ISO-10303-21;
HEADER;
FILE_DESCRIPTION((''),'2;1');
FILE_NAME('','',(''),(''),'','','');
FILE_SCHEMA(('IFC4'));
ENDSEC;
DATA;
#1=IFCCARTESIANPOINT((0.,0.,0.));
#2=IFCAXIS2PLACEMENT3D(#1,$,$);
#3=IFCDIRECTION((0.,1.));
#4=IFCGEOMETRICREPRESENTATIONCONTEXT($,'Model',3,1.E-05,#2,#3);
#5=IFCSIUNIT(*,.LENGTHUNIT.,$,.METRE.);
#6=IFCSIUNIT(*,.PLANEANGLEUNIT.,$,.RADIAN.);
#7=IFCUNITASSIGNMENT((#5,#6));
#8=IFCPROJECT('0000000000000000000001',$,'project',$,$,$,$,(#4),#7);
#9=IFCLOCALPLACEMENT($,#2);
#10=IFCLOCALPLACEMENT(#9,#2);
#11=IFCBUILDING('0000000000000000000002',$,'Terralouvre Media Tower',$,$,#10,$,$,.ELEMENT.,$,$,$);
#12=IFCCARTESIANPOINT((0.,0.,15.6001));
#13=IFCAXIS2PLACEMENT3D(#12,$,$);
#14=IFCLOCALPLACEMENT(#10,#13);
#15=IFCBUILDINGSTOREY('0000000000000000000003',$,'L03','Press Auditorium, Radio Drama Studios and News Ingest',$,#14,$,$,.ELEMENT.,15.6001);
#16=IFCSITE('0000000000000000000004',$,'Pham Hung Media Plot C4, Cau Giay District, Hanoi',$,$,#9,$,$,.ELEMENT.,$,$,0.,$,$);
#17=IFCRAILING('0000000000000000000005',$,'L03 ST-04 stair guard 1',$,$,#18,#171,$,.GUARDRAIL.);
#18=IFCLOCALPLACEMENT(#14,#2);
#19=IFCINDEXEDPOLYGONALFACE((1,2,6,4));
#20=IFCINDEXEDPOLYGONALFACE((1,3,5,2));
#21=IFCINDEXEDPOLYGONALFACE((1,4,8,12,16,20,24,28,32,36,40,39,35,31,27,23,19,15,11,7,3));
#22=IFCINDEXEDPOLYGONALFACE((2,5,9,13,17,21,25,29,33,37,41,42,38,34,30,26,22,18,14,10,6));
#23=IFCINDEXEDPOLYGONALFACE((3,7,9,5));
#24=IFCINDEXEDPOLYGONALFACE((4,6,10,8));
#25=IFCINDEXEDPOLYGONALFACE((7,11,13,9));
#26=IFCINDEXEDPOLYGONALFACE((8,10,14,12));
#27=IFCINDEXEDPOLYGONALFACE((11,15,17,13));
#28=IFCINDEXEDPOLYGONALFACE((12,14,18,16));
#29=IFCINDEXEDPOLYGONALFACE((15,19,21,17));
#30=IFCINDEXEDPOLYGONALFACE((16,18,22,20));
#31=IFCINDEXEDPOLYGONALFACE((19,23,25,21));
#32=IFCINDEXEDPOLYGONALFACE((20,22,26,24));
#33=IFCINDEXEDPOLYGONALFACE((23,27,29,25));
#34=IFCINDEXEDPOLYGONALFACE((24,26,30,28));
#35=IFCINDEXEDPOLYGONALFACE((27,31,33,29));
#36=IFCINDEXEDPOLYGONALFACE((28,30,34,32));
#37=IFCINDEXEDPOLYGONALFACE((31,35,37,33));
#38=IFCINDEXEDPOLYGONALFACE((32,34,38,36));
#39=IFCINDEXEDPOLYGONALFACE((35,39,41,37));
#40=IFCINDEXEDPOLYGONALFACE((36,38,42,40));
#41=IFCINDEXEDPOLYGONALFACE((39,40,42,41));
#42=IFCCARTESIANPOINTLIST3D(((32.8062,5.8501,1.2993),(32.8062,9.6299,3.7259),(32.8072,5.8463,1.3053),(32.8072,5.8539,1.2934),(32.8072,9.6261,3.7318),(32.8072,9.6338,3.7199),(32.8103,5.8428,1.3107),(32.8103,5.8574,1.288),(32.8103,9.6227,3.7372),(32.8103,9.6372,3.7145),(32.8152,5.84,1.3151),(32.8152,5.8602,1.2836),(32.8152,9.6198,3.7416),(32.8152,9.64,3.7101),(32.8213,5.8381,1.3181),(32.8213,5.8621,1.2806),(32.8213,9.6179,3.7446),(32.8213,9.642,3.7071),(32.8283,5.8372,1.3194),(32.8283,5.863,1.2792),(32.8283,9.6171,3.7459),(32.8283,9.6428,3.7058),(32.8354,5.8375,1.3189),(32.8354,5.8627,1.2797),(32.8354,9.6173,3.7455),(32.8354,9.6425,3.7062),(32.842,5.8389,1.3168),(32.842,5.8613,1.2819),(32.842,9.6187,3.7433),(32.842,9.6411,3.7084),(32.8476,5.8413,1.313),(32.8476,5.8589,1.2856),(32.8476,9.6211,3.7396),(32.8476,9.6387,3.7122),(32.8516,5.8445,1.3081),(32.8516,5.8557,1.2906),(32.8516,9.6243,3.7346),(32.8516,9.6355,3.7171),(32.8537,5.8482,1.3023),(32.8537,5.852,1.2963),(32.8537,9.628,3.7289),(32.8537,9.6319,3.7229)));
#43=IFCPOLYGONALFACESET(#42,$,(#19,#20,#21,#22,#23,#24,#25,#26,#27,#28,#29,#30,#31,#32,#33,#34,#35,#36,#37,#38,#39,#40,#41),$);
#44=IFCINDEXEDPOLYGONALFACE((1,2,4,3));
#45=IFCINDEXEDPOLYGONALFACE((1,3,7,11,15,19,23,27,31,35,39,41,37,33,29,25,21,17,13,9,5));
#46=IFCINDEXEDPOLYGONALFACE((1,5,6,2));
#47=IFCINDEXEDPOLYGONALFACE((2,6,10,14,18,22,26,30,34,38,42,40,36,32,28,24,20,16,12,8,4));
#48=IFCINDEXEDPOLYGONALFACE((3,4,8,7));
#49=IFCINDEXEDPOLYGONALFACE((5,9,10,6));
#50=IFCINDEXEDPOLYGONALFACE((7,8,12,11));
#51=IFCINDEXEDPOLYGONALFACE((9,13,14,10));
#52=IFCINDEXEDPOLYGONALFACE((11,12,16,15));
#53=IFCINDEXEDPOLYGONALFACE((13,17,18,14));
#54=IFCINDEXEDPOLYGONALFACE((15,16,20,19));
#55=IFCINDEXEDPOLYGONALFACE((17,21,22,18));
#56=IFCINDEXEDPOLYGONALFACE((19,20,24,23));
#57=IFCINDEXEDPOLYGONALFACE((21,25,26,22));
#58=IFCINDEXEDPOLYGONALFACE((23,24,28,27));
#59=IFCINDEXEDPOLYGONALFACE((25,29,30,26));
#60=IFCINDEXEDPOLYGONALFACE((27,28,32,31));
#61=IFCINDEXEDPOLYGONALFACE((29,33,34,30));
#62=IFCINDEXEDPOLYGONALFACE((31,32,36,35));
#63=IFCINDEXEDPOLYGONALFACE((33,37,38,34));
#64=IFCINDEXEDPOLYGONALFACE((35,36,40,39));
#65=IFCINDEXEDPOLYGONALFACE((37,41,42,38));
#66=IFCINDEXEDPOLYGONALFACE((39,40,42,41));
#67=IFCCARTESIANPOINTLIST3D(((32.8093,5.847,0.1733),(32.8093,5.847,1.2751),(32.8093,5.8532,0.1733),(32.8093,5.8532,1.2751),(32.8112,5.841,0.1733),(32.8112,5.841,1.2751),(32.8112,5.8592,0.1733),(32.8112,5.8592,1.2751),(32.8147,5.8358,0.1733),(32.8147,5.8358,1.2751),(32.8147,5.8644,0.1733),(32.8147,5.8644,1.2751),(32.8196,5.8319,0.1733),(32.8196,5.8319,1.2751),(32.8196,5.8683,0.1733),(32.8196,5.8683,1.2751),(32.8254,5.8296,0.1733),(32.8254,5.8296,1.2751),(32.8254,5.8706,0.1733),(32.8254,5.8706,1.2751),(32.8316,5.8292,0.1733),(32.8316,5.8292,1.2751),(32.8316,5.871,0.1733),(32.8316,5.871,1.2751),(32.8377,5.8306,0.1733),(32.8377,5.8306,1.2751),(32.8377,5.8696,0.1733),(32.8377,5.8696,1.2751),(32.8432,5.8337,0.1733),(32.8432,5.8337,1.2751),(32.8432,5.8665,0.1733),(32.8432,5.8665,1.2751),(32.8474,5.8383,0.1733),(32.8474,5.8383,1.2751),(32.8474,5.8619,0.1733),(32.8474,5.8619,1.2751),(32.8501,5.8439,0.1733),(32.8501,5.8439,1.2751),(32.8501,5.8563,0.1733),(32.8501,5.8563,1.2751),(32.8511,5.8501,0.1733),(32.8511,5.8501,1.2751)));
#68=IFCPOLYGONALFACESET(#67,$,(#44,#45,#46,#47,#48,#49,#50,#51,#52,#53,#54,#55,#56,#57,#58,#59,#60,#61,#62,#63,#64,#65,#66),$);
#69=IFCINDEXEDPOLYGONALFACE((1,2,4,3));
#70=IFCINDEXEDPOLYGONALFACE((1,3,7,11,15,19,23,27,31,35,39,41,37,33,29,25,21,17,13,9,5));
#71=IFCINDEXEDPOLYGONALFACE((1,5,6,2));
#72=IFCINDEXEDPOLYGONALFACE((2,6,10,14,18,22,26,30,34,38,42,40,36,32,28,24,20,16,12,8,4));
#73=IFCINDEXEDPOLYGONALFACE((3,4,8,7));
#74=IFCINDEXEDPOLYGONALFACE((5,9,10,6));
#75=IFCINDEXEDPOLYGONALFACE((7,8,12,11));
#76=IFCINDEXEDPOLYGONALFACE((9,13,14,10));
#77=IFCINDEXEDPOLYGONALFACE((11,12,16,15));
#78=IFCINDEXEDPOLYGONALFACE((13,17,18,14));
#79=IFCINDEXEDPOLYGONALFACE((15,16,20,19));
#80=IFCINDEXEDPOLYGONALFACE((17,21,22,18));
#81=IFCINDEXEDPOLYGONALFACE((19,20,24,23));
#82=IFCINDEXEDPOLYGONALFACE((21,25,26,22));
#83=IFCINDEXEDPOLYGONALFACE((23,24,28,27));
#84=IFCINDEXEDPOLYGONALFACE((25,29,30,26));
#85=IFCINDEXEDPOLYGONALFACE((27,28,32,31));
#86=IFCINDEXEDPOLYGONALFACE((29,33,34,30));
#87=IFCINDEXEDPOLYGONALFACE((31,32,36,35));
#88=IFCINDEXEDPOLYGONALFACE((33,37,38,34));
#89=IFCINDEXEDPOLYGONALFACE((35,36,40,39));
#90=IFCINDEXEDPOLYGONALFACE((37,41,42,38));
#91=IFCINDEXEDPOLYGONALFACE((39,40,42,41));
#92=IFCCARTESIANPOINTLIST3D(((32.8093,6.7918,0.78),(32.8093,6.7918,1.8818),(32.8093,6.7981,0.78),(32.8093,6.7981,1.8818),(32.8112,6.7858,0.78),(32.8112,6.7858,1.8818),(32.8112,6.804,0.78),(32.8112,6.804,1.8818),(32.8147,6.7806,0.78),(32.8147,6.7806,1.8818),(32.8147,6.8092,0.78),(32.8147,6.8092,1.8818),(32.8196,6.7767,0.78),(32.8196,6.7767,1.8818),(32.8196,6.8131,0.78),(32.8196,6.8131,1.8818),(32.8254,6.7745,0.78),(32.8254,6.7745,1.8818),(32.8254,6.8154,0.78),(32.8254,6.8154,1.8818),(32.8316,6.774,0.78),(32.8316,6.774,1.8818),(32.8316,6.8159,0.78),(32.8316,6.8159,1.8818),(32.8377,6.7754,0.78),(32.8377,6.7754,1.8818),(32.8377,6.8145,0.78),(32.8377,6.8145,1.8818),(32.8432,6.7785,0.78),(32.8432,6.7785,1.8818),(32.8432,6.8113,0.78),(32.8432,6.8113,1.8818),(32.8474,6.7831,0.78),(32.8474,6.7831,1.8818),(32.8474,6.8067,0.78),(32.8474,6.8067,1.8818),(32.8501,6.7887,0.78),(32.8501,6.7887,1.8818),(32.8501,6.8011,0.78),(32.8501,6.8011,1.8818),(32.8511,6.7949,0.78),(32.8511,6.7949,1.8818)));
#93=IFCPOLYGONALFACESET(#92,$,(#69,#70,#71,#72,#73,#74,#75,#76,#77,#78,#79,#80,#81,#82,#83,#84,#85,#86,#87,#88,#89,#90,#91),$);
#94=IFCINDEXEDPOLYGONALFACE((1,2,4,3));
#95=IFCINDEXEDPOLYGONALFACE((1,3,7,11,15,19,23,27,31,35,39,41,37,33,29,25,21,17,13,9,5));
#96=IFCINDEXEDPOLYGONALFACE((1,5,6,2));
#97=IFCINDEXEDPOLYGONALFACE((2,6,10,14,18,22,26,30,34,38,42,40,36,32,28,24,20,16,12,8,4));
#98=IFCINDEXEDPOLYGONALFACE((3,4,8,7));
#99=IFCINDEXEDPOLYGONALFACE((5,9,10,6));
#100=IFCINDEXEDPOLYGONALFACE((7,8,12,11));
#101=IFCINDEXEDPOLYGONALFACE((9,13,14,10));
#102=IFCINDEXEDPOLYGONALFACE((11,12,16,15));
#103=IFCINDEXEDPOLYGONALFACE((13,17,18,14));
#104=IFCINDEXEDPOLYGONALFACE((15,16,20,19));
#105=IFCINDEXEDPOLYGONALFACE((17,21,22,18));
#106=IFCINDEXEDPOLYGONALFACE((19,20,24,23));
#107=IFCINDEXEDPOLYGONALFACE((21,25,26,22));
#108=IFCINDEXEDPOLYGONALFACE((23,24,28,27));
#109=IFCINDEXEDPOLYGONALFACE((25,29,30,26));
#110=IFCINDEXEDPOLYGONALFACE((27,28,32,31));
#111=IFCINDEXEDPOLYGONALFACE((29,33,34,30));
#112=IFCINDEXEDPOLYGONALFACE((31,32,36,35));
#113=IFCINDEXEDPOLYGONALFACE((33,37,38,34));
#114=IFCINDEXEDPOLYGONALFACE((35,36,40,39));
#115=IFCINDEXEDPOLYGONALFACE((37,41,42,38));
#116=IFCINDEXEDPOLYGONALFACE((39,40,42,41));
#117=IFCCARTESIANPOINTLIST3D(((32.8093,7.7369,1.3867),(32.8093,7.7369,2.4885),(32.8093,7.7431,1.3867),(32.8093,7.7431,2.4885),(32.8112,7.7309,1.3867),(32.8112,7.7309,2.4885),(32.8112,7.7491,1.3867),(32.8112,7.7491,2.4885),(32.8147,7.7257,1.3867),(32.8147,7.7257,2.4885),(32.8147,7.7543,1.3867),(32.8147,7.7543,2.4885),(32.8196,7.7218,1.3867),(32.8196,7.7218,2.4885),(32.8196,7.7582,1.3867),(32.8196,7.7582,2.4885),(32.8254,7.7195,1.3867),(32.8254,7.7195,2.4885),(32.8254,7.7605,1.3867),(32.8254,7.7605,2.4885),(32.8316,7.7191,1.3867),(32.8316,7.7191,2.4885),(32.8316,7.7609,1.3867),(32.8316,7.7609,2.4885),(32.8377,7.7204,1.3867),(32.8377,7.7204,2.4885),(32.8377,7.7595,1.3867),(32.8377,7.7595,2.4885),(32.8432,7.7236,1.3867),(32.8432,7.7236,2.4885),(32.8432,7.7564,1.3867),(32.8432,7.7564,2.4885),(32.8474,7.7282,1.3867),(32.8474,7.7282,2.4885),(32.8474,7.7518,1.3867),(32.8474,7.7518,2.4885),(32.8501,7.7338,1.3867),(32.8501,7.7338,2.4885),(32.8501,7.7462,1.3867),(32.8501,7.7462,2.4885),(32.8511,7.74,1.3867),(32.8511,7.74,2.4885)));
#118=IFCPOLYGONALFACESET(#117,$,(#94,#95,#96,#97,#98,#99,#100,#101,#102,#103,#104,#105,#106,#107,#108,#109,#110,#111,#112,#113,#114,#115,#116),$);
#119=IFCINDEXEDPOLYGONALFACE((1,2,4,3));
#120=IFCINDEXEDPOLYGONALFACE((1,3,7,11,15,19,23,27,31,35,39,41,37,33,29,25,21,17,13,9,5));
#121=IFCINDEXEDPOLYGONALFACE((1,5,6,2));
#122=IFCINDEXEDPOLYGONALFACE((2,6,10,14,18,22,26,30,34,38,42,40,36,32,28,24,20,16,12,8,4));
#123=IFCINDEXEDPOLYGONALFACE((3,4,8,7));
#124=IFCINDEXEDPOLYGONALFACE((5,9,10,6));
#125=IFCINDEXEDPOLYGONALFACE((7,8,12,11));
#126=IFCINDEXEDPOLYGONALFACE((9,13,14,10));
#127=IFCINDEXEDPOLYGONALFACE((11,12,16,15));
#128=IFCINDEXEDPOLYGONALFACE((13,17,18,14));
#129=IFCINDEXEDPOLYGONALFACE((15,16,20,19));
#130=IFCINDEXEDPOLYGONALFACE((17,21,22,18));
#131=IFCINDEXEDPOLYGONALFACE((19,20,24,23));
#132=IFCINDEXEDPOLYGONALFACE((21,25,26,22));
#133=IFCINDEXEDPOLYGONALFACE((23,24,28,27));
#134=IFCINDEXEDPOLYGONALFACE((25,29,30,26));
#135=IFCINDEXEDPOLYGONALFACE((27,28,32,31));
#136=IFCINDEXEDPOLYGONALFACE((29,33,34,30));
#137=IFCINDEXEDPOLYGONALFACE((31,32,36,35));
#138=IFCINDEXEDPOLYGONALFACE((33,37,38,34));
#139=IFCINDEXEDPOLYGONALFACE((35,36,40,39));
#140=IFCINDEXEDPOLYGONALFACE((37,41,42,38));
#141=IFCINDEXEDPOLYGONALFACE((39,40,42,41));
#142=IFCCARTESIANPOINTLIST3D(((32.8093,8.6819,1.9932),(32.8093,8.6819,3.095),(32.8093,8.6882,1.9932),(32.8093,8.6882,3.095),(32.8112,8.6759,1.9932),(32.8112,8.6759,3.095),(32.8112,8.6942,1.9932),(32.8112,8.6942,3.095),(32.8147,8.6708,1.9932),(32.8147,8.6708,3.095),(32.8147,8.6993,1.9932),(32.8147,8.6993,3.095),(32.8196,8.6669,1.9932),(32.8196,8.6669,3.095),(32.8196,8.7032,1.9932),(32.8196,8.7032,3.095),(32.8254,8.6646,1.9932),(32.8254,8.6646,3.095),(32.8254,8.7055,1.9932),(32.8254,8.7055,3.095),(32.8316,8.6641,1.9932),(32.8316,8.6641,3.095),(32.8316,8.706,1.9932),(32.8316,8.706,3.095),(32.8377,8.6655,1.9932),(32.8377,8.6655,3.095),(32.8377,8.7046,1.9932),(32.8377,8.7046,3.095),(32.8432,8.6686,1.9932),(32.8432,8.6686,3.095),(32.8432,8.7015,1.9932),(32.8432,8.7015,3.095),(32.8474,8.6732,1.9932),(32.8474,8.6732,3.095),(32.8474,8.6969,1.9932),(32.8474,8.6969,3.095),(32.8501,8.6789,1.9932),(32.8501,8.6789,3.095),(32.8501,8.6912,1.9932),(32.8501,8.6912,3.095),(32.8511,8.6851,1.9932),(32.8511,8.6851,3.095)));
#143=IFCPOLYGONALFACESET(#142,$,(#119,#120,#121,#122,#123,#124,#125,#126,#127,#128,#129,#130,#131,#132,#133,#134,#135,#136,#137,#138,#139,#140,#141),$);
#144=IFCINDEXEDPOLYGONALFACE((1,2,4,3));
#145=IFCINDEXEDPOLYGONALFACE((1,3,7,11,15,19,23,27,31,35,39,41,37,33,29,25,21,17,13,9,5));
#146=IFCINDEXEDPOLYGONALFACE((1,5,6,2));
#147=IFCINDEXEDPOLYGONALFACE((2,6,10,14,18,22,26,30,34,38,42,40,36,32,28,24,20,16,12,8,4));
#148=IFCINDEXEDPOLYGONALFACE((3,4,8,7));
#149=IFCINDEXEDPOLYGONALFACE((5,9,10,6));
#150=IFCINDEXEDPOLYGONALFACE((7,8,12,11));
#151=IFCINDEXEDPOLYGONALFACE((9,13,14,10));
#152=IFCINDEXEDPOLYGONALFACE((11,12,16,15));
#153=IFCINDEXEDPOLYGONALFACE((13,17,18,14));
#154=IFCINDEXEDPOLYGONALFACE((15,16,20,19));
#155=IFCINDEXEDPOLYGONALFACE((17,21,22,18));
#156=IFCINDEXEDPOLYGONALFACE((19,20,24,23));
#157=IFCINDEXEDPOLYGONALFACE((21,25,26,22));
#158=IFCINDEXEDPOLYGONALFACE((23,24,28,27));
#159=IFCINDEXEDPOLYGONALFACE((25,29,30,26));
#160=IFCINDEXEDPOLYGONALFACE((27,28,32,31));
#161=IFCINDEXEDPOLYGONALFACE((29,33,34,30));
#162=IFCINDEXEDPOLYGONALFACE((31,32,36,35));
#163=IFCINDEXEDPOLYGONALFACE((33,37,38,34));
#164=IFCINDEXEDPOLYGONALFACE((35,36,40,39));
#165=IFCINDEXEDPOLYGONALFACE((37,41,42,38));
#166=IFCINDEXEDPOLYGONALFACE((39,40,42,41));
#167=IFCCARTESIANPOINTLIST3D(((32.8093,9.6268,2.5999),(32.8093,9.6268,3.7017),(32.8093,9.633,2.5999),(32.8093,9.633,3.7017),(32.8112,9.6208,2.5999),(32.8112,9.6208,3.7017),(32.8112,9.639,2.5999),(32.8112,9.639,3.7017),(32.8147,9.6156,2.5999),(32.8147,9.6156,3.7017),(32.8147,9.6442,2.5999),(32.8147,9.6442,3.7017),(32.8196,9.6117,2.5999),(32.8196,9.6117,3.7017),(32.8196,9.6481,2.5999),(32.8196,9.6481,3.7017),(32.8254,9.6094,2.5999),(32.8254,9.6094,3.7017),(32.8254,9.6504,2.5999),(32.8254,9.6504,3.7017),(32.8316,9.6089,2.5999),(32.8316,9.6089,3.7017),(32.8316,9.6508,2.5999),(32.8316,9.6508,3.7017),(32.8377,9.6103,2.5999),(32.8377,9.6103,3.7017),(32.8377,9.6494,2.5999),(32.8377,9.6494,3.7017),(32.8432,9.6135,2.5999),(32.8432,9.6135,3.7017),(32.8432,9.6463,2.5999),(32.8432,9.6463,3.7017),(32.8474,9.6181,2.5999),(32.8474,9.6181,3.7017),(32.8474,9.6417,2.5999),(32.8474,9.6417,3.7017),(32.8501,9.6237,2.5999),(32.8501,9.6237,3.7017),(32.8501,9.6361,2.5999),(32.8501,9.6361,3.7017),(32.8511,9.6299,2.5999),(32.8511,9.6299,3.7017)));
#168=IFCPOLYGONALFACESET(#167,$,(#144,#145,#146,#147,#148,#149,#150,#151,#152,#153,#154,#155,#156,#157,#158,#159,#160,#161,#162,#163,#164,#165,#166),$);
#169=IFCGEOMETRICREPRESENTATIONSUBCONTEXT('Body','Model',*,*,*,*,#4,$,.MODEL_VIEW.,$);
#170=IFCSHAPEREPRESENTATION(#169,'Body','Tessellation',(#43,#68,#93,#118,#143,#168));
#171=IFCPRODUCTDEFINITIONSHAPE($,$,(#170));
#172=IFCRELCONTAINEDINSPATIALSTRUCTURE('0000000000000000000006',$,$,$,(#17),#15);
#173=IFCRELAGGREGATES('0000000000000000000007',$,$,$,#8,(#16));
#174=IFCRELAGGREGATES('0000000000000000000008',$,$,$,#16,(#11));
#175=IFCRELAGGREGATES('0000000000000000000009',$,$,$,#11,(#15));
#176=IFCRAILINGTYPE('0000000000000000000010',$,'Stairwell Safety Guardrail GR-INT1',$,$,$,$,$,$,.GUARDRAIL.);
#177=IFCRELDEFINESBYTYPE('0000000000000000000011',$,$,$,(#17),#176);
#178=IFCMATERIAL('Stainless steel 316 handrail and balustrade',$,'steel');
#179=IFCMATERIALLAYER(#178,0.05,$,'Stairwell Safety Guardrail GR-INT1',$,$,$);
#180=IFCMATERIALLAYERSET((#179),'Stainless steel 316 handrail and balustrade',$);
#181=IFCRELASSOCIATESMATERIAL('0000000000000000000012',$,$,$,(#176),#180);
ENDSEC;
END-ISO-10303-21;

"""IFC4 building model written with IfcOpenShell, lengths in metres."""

from ifc_helpers import new_model, si_unit, direction, frame, origin, origin_2d, place, context, subcontext, project, spatial, circle, extrude, material, layer, layer_set, type_object, element, save


model = new_model("IFC4")

# Units and contexts
model_context = context("Model", 3, precision=1e-05, world=origin(), true_north=direction((0.0, 1.0)))
body_context = subcontext(model_context, "Body", "Model", "MODEL_VIEW")
ifc_project = project(units=[si_unit("LENGTHUNIT", "METRE"), si_unit("PLANEANGLEUNIT", "RADIAN")], contexts=[model_context])

# Site, building, storey
site_placement = place(None, origin())
site = spatial("IfcSite", under=ifc_project, at=site_placement, Name="Pham Hung Media Plot C4, Cau Giay District, Hanoi", CompositionType="ELEMENT", RefElevation=0.0)
building_placement = place(site_placement, origin())
building = spatial("IfcBuilding", under=site, at=building_placement, Name="Terralouvre Media Tower", CompositionType="ELEMENT")
storey_placement = place(building_placement, frame((0.0, 0.0, 15.6001)))
storey = spatial("IfcBuildingStorey", under=building, at=storey_placement, Name="L03", Description="Press Auditorium, Radio Drama Studios and News Ingest", CompositionType="ELEMENT", Elevation=15.6001)

# Railing
ifc_material_1 = material(Name="Stainless steel 316 handrail and balustrade", Category="steel")
ifc_layer_1 = layer(ifc_material_1, 0.05, Name="Stairwell Safety Guardrail GR-INT1")
ifc_layer_set_1 = layer_set([ifc_layer_1], Name="Stainless steel 316 handrail and balustrade")
railing_type_1 = type_object("IfcRailingType", Name="Stairwell Safety Guardrail GR-INT1", PredefinedType="GUARDRAIL", material=ifc_layer_set_1)
railing_1_placement = place(storey_placement, frame((32.8301, 5.8501, 0.1733)))
element("IfcRailing", 1, at=railing_1_placement, inside=storey, type_object=railing_type_1, Name="L03 ST-04 stair guard 1", PredefinedType="GUARDRAIL", context=body_context, shape_type="SweptSolid", body=[
    extrude(circle(Radius=0.0239, at=origin_2d()), frame((0.0, 0.0, 1.126), z_axis=(0.0, 0.841517, 0.54023), x_axis=(-1.0, 0.0, 0.0)), (0.0, 0.0, 1.0), 4.4917),
    extrude(circle(Radius=0.021, at=origin_2d()), origin(), (0.0, 0.0, 1.0), 1.1018),
    extrude(circle(Radius=0.021, at=origin_2d()), frame((0.0, 0.9448, 0.6067)), (0.0, 0.0, 1.0), 1.1018),
    extrude(circle(Radius=0.021, at=origin_2d()), frame((0.0, 1.8899, 1.2134)), (0.0, 0.0, 1.0), 1.1018),
    extrude(circle(Radius=0.021, at=origin_2d()), frame((0.0, 2.835, 1.8198)), (0.0, 0.0, 1.0), 1.1018),
    extrude(circle(Radius=0.021, at=origin_2d()), frame((0.0, 3.7798, 2.4265)), (0.0, 0.0, 1.0), 1.1018),
])

save(model, "model.ifc")
